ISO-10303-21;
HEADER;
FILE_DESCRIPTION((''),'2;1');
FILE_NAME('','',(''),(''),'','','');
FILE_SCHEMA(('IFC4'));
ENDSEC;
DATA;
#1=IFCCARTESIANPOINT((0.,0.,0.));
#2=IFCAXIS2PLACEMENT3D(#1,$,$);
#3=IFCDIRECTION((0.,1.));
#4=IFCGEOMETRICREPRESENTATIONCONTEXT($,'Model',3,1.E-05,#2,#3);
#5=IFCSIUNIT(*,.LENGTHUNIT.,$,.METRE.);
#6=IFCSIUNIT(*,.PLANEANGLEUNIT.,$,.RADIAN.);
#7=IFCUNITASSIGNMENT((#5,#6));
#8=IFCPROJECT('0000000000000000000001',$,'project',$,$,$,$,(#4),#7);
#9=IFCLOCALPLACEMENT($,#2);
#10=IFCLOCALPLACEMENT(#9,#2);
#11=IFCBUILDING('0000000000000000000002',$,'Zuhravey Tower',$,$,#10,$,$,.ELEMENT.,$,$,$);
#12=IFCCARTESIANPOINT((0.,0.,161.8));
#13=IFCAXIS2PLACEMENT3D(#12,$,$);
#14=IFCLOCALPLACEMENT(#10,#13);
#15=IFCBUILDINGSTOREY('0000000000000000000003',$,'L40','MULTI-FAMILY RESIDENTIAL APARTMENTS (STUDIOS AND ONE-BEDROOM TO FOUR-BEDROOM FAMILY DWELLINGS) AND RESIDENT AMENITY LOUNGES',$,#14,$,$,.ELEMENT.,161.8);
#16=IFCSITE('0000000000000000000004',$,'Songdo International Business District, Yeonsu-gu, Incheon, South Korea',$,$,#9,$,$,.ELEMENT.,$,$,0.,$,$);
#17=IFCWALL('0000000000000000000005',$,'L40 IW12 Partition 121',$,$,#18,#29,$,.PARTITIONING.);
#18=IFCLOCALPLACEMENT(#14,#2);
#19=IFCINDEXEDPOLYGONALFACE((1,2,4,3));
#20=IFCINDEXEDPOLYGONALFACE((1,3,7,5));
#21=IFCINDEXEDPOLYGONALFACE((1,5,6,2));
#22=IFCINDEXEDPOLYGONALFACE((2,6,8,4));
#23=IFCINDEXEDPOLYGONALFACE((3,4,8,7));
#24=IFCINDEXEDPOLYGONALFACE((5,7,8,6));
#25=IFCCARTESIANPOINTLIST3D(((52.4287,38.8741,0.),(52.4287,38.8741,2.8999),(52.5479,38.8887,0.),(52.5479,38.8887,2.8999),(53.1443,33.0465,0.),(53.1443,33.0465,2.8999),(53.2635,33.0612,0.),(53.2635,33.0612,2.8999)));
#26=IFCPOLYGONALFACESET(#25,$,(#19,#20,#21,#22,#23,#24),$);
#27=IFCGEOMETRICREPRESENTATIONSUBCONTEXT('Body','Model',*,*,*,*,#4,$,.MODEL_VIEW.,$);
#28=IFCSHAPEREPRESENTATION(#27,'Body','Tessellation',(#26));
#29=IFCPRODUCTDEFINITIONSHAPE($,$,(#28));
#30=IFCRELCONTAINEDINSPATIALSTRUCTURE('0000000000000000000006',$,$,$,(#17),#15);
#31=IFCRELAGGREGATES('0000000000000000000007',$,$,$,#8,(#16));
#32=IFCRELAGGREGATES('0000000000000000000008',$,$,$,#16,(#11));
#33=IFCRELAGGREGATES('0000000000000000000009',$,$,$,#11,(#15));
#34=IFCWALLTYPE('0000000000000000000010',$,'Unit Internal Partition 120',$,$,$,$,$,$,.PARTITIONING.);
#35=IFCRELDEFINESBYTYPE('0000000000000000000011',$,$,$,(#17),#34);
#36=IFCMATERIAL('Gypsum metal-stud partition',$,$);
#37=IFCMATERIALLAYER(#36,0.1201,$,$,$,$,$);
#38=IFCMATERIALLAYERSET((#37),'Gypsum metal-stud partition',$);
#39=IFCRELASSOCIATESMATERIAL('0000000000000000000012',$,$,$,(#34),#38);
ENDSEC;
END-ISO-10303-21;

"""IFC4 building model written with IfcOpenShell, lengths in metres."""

from ifc_helpers import new_model, si_unit, direction, frame, frame_2d, origin, place, context, subcontext, project, spatial, rectangle, extrude, material, layer, layer_set, type_object, element, save


model = new_model("IFC4")

# Units and contexts
model_context = context("Model", 3, precision=1e-05, world=origin(), true_north=direction((0.0, 1.0)))
body_context = subcontext(model_context, "Body", "Model", "MODEL_VIEW")
ifc_project = project(units=[si_unit("LENGTHUNIT", "METRE"), si_unit("PLANEANGLEUNIT", "RADIAN")], contexts=[model_context])

# Site, building, storey
site_placement = place(None, origin())
site = spatial("IfcSite", under=ifc_project, at=site_placement, Name="Songdo International Business District, Yeonsu-gu, Incheon, South Korea", CompositionType="ELEMENT", RefElevation=0.0)
building_placement = place(site_placement, origin())
building = spatial("IfcBuilding", under=site, at=building_placement, Name="Zuhravey Tower", CompositionType="ELEMENT")
storey_placement = place(building_placement, frame((0.0, 0.0, 161.8)))
storey = spatial("IfcBuildingStorey", under=building, at=storey_placement, Name="L40", Description="MULTI-FAMILY RESIDENTIAL APARTMENTS (STUDIOS AND ONE-BEDROOM TO FOUR-BEDROOM FAMILY DWELLINGS) AND RESIDENT AMENITY LOUNGES", CompositionType="ELEMENT", Elevation=161.8)

# Shared definitions
ifc_material_1 = material(Name="Gypsum metal-stud partition")
ifc_layer_1 = layer(ifc_material_1, 0.1201)
ifc_layer_set_1 = layer_set([ifc_layer_1], Name="Gypsum metal-stud partition")
wall_type_1 = type_object("IfcWallType", Name="Unit Internal Partition 120", PredefinedType="PARTITIONING", material=ifc_layer_set_1)

# Wall
wall_1_placement = place(storey_placement, frame((53.2039, 33.054, 0.0), z_axis=(0.0, 0.0, 1.0), x_axis=(-0.121875, 0.992545, 0.0)))
element("IfcWall", 1, at=wall_1_placement, inside=storey, type_object=wall_type_1, Name="L40 IW12 Partition 121", PredefinedType="PARTITIONING", context=body_context, shape_type="SweptSolid", body=[
    extrude(rectangle(XDim=5.8713, YDim=0.1201, at=frame_2d((2.9355, 0.0))), origin(), (0.0, 0.0, 1.0), 2.8999),
])

save(model, "model.ifc")
